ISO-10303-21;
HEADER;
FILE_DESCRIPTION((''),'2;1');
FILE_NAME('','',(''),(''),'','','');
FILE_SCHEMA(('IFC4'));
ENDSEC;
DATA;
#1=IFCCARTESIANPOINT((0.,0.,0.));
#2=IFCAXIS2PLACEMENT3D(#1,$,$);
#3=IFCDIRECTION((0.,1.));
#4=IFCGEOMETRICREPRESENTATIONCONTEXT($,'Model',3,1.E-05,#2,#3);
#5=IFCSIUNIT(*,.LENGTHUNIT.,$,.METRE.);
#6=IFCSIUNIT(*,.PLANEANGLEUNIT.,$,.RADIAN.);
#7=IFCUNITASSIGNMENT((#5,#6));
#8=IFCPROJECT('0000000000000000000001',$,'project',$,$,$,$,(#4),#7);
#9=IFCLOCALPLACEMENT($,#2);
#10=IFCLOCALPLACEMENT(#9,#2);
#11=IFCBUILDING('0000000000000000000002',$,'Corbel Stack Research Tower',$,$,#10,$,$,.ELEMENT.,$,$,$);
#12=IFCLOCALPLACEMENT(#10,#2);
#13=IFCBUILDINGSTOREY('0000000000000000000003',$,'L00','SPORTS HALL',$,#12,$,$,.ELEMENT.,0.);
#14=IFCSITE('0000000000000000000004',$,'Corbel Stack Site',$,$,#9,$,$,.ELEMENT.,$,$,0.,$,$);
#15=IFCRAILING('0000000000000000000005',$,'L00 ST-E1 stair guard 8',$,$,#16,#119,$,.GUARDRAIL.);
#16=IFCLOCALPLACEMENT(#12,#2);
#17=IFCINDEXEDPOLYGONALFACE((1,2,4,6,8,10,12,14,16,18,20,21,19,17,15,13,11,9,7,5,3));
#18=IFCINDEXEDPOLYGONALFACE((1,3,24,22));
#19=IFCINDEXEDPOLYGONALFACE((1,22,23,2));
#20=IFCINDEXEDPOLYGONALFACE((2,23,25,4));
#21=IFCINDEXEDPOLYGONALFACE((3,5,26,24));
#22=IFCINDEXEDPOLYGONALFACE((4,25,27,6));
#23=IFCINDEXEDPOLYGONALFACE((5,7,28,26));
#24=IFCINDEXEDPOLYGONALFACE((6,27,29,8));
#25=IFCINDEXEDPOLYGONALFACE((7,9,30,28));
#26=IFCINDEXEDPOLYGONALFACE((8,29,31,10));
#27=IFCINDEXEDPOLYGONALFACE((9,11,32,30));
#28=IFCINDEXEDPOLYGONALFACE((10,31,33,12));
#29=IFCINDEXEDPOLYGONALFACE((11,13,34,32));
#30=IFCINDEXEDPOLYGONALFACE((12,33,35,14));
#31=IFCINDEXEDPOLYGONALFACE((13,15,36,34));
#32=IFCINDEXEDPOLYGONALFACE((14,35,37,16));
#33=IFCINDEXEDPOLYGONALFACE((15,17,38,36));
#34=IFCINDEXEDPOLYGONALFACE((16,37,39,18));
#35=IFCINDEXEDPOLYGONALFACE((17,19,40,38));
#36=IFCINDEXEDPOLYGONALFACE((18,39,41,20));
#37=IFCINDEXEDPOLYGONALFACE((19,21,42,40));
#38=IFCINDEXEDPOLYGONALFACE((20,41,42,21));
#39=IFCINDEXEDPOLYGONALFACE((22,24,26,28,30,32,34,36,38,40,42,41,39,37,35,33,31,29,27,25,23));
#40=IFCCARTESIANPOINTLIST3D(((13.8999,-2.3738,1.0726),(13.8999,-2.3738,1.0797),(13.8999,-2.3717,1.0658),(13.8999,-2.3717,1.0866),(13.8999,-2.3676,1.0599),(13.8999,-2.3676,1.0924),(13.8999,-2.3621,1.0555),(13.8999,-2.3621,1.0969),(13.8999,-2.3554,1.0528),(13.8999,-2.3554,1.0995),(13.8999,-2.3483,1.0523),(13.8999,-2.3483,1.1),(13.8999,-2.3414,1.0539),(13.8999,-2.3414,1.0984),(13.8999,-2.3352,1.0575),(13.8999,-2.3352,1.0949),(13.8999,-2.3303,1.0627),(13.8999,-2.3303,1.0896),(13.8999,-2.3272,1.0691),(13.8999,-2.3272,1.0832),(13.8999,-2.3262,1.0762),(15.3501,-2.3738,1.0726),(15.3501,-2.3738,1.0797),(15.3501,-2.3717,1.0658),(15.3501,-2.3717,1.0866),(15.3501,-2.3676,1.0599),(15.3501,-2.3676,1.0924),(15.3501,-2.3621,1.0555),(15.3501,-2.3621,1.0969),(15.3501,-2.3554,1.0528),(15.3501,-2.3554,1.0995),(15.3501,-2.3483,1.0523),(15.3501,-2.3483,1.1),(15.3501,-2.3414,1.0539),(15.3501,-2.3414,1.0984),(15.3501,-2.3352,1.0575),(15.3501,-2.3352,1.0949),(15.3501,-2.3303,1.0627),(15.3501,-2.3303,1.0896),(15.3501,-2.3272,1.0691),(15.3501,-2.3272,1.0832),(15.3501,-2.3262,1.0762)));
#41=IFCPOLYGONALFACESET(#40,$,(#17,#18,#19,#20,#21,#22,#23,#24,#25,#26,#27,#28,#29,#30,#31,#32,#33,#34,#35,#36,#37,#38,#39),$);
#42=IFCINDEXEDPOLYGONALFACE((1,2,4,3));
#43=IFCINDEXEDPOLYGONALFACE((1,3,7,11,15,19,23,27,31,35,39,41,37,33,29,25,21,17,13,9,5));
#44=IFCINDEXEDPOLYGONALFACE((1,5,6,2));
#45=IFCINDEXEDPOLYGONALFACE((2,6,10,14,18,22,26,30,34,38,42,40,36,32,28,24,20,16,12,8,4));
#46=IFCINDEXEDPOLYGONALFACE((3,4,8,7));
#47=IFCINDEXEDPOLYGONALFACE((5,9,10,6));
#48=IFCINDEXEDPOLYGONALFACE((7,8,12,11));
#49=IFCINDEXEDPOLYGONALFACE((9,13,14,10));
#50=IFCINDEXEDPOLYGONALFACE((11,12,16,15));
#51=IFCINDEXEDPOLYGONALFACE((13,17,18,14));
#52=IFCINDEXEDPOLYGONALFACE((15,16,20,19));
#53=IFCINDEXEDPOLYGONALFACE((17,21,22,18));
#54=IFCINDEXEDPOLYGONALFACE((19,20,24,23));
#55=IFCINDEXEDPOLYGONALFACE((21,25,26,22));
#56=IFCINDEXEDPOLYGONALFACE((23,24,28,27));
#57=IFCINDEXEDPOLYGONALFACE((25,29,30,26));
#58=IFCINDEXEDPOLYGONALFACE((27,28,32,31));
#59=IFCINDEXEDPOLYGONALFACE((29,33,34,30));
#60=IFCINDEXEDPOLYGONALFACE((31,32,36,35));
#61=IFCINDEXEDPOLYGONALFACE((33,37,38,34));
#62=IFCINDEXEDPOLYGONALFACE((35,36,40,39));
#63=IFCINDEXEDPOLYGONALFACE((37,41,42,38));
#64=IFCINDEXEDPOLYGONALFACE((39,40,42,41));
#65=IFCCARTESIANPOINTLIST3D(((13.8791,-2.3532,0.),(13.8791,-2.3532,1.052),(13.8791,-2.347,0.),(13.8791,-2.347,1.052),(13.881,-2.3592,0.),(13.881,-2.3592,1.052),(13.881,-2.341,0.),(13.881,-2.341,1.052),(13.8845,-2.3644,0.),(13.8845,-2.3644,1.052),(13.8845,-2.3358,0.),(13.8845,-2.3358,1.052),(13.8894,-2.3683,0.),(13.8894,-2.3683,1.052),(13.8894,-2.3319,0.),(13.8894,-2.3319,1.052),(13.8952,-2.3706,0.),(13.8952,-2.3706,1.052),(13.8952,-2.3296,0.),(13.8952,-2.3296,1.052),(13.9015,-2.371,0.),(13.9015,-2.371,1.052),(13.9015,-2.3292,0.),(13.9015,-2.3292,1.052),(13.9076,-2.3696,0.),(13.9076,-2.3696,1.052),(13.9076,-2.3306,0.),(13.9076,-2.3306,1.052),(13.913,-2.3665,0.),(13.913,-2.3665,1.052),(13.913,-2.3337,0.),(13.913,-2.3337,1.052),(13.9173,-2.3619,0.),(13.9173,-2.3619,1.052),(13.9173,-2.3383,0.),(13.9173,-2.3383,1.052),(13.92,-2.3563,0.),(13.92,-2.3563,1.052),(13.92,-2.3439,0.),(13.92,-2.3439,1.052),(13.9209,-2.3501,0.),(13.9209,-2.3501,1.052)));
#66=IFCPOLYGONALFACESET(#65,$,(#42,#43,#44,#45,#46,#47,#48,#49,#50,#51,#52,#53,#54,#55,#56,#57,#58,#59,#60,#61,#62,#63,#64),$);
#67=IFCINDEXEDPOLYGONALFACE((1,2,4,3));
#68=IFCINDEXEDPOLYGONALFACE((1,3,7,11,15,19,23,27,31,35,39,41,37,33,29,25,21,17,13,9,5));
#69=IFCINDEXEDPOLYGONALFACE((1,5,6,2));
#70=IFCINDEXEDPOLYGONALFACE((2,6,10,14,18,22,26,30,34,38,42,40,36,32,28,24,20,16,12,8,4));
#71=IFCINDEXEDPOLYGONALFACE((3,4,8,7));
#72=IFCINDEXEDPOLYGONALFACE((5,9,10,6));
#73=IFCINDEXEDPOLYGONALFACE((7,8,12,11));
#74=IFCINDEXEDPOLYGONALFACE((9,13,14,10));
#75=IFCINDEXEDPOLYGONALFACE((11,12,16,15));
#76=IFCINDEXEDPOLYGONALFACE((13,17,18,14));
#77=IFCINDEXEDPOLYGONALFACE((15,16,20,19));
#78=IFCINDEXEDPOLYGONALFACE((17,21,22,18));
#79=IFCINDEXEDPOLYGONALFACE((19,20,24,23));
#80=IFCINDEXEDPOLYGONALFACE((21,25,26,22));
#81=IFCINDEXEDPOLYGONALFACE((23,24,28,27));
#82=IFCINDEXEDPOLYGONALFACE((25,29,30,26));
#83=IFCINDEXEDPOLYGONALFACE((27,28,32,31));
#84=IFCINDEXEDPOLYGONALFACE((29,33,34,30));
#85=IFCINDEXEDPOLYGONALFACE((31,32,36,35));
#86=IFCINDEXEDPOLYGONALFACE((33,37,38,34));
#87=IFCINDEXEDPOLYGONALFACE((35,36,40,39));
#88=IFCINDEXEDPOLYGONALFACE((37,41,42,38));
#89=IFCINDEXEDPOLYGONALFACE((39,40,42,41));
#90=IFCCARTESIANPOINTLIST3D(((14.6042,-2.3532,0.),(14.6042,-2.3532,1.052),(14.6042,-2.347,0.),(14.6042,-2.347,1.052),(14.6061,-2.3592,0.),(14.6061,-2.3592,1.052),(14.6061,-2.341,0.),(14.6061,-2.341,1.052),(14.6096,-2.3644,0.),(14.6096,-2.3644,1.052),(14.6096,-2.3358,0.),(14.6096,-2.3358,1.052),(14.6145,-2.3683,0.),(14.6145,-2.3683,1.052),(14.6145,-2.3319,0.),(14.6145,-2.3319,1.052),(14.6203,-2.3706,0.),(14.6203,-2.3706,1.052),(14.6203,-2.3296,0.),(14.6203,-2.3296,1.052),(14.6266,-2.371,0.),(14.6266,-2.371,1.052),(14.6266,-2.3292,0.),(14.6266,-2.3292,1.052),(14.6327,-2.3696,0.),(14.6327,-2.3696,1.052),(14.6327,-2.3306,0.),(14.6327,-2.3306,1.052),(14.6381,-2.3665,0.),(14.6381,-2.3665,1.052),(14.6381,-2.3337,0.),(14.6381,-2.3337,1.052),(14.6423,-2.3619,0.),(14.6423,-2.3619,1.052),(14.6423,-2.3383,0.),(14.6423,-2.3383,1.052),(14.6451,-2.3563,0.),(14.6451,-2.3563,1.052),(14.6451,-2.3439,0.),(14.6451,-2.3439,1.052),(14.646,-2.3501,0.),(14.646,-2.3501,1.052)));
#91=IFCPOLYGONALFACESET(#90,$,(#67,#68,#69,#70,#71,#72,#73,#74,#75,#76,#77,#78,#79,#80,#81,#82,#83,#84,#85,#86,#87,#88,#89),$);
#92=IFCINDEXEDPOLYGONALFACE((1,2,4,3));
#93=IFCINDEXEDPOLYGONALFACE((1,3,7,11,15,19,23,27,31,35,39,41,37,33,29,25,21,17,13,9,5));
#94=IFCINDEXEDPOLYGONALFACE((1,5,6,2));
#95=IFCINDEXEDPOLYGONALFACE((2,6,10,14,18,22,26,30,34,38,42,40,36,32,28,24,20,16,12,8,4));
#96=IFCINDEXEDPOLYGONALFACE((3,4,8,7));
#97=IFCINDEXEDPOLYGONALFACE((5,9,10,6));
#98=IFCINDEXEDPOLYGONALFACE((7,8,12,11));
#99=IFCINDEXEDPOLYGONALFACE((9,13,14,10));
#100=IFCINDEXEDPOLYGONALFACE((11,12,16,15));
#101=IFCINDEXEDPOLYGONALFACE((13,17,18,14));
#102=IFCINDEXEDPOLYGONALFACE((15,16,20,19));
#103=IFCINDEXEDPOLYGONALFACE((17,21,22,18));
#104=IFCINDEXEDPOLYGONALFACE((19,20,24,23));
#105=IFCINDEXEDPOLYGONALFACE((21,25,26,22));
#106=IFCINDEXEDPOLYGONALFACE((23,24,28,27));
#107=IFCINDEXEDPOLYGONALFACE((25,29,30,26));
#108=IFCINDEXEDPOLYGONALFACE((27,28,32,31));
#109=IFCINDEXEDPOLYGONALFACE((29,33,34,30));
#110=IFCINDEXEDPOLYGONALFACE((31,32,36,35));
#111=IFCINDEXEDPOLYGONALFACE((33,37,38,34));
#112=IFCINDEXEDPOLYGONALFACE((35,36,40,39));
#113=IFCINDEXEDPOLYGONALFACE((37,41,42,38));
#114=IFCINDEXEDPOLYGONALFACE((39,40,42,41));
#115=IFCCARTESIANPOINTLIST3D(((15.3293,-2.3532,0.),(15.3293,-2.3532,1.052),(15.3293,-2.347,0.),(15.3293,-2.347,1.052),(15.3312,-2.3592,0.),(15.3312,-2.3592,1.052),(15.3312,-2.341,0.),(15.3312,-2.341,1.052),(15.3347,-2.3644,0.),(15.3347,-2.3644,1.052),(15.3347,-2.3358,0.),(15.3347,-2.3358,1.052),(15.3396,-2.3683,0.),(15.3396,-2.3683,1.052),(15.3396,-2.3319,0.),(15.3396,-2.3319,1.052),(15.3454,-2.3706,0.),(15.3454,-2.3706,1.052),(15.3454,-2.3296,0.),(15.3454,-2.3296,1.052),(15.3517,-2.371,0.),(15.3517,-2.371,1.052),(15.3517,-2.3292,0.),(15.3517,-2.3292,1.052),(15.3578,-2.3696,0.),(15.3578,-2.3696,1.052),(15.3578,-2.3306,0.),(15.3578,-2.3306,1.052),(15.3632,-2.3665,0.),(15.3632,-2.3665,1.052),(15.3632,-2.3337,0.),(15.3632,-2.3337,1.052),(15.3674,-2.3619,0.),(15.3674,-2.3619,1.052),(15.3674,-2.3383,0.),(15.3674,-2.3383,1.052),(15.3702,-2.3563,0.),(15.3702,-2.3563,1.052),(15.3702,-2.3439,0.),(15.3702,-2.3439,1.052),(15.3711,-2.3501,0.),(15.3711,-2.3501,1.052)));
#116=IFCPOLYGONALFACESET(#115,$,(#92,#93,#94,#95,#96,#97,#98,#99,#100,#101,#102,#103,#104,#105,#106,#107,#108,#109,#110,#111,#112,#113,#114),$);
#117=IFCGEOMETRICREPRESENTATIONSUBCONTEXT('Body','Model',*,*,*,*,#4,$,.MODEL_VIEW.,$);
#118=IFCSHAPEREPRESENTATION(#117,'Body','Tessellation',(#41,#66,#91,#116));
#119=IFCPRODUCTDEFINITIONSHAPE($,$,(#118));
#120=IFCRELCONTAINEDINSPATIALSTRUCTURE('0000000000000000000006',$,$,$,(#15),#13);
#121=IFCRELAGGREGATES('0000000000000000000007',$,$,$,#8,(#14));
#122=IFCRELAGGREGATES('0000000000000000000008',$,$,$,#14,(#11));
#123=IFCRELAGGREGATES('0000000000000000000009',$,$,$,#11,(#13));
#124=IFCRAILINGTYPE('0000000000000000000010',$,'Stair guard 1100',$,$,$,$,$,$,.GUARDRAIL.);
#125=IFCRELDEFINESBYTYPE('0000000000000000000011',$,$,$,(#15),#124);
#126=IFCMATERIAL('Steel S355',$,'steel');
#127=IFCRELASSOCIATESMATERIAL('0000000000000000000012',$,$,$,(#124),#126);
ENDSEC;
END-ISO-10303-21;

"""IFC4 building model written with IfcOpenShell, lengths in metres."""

from ifc_helpers import new_model, si_unit, direction, frame, origin, origin_2d, place, context, subcontext, project, spatial, circle, extrude, material, type_object, element, save


model = new_model("IFC4")

# Units and contexts
model_context = context("Model", 3, precision=1e-05, world=origin(), true_north=direction((0.0, 1.0)))
body_context = subcontext(model_context, "Body", "Model", "MODEL_VIEW")
ifc_project = project(units=[si_unit("LENGTHUNIT", "METRE"), si_unit("PLANEANGLEUNIT", "RADIAN")], contexts=[model_context])

# Site, building, storey
site_placement = place(None, origin())
site = spatial("IfcSite", under=ifc_project, at=site_placement, Name="Corbel Stack Site", CompositionType="ELEMENT", RefElevation=0.0)
building_placement = place(site_placement, origin())
building = spatial("IfcBuilding", under=site, at=building_placement, Name="Corbel Stack Research Tower", CompositionType="ELEMENT")
storey_placement = place(building_placement, origin())
storey = spatial("IfcBuildingStorey", under=building, at=storey_placement, Name="L00", Description="SPORTS HALL", CompositionType="ELEMENT", Elevation=0.0)

# Railing
ifc_material_1 = material(Name="Steel S355", Category="steel")
railing_type_1 = type_object("IfcRailingType", Name="Stair guard 1100", PredefinedType="GUARDRAIL", material=ifc_material_1)
railing_1_placement = place(storey_placement, frame((13.8999, -2.3501, 0.0)))
element("IfcRailing", 1, at=railing_1_placement, inside=storey, type_object=railing_type_1, Name="L00 ST-E1 stair guard 8", PredefinedType="GUARDRAIL", context=body_context, shape_type="SweptSolid", body=[
    extrude(circle(Radius=0.0239, at=origin_2d()), frame((0.0, 0.0, 1.0762), z_axis=(1.0, 0.0, 0.0), x_axis=(0.0, 1.0, 0.0)), (0.0, 0.0, 1.0), 1.4502),
    extrude(circle(Radius=0.021, at=origin_2d()), origin(), (0.0, 0.0, 1.0), 1.052),
    extrude(circle(Radius=0.021, at=origin_2d()), frame((0.7251, 0.0, 0.0)), (0.0, 0.0, 1.0), 1.052),
    extrude(circle(Radius=0.021, at=origin_2d()), frame((1.4502, 0.0, 0.0)), (0.0, 0.0, 1.0), 1.052),
])

save(model, "model.ifc")
